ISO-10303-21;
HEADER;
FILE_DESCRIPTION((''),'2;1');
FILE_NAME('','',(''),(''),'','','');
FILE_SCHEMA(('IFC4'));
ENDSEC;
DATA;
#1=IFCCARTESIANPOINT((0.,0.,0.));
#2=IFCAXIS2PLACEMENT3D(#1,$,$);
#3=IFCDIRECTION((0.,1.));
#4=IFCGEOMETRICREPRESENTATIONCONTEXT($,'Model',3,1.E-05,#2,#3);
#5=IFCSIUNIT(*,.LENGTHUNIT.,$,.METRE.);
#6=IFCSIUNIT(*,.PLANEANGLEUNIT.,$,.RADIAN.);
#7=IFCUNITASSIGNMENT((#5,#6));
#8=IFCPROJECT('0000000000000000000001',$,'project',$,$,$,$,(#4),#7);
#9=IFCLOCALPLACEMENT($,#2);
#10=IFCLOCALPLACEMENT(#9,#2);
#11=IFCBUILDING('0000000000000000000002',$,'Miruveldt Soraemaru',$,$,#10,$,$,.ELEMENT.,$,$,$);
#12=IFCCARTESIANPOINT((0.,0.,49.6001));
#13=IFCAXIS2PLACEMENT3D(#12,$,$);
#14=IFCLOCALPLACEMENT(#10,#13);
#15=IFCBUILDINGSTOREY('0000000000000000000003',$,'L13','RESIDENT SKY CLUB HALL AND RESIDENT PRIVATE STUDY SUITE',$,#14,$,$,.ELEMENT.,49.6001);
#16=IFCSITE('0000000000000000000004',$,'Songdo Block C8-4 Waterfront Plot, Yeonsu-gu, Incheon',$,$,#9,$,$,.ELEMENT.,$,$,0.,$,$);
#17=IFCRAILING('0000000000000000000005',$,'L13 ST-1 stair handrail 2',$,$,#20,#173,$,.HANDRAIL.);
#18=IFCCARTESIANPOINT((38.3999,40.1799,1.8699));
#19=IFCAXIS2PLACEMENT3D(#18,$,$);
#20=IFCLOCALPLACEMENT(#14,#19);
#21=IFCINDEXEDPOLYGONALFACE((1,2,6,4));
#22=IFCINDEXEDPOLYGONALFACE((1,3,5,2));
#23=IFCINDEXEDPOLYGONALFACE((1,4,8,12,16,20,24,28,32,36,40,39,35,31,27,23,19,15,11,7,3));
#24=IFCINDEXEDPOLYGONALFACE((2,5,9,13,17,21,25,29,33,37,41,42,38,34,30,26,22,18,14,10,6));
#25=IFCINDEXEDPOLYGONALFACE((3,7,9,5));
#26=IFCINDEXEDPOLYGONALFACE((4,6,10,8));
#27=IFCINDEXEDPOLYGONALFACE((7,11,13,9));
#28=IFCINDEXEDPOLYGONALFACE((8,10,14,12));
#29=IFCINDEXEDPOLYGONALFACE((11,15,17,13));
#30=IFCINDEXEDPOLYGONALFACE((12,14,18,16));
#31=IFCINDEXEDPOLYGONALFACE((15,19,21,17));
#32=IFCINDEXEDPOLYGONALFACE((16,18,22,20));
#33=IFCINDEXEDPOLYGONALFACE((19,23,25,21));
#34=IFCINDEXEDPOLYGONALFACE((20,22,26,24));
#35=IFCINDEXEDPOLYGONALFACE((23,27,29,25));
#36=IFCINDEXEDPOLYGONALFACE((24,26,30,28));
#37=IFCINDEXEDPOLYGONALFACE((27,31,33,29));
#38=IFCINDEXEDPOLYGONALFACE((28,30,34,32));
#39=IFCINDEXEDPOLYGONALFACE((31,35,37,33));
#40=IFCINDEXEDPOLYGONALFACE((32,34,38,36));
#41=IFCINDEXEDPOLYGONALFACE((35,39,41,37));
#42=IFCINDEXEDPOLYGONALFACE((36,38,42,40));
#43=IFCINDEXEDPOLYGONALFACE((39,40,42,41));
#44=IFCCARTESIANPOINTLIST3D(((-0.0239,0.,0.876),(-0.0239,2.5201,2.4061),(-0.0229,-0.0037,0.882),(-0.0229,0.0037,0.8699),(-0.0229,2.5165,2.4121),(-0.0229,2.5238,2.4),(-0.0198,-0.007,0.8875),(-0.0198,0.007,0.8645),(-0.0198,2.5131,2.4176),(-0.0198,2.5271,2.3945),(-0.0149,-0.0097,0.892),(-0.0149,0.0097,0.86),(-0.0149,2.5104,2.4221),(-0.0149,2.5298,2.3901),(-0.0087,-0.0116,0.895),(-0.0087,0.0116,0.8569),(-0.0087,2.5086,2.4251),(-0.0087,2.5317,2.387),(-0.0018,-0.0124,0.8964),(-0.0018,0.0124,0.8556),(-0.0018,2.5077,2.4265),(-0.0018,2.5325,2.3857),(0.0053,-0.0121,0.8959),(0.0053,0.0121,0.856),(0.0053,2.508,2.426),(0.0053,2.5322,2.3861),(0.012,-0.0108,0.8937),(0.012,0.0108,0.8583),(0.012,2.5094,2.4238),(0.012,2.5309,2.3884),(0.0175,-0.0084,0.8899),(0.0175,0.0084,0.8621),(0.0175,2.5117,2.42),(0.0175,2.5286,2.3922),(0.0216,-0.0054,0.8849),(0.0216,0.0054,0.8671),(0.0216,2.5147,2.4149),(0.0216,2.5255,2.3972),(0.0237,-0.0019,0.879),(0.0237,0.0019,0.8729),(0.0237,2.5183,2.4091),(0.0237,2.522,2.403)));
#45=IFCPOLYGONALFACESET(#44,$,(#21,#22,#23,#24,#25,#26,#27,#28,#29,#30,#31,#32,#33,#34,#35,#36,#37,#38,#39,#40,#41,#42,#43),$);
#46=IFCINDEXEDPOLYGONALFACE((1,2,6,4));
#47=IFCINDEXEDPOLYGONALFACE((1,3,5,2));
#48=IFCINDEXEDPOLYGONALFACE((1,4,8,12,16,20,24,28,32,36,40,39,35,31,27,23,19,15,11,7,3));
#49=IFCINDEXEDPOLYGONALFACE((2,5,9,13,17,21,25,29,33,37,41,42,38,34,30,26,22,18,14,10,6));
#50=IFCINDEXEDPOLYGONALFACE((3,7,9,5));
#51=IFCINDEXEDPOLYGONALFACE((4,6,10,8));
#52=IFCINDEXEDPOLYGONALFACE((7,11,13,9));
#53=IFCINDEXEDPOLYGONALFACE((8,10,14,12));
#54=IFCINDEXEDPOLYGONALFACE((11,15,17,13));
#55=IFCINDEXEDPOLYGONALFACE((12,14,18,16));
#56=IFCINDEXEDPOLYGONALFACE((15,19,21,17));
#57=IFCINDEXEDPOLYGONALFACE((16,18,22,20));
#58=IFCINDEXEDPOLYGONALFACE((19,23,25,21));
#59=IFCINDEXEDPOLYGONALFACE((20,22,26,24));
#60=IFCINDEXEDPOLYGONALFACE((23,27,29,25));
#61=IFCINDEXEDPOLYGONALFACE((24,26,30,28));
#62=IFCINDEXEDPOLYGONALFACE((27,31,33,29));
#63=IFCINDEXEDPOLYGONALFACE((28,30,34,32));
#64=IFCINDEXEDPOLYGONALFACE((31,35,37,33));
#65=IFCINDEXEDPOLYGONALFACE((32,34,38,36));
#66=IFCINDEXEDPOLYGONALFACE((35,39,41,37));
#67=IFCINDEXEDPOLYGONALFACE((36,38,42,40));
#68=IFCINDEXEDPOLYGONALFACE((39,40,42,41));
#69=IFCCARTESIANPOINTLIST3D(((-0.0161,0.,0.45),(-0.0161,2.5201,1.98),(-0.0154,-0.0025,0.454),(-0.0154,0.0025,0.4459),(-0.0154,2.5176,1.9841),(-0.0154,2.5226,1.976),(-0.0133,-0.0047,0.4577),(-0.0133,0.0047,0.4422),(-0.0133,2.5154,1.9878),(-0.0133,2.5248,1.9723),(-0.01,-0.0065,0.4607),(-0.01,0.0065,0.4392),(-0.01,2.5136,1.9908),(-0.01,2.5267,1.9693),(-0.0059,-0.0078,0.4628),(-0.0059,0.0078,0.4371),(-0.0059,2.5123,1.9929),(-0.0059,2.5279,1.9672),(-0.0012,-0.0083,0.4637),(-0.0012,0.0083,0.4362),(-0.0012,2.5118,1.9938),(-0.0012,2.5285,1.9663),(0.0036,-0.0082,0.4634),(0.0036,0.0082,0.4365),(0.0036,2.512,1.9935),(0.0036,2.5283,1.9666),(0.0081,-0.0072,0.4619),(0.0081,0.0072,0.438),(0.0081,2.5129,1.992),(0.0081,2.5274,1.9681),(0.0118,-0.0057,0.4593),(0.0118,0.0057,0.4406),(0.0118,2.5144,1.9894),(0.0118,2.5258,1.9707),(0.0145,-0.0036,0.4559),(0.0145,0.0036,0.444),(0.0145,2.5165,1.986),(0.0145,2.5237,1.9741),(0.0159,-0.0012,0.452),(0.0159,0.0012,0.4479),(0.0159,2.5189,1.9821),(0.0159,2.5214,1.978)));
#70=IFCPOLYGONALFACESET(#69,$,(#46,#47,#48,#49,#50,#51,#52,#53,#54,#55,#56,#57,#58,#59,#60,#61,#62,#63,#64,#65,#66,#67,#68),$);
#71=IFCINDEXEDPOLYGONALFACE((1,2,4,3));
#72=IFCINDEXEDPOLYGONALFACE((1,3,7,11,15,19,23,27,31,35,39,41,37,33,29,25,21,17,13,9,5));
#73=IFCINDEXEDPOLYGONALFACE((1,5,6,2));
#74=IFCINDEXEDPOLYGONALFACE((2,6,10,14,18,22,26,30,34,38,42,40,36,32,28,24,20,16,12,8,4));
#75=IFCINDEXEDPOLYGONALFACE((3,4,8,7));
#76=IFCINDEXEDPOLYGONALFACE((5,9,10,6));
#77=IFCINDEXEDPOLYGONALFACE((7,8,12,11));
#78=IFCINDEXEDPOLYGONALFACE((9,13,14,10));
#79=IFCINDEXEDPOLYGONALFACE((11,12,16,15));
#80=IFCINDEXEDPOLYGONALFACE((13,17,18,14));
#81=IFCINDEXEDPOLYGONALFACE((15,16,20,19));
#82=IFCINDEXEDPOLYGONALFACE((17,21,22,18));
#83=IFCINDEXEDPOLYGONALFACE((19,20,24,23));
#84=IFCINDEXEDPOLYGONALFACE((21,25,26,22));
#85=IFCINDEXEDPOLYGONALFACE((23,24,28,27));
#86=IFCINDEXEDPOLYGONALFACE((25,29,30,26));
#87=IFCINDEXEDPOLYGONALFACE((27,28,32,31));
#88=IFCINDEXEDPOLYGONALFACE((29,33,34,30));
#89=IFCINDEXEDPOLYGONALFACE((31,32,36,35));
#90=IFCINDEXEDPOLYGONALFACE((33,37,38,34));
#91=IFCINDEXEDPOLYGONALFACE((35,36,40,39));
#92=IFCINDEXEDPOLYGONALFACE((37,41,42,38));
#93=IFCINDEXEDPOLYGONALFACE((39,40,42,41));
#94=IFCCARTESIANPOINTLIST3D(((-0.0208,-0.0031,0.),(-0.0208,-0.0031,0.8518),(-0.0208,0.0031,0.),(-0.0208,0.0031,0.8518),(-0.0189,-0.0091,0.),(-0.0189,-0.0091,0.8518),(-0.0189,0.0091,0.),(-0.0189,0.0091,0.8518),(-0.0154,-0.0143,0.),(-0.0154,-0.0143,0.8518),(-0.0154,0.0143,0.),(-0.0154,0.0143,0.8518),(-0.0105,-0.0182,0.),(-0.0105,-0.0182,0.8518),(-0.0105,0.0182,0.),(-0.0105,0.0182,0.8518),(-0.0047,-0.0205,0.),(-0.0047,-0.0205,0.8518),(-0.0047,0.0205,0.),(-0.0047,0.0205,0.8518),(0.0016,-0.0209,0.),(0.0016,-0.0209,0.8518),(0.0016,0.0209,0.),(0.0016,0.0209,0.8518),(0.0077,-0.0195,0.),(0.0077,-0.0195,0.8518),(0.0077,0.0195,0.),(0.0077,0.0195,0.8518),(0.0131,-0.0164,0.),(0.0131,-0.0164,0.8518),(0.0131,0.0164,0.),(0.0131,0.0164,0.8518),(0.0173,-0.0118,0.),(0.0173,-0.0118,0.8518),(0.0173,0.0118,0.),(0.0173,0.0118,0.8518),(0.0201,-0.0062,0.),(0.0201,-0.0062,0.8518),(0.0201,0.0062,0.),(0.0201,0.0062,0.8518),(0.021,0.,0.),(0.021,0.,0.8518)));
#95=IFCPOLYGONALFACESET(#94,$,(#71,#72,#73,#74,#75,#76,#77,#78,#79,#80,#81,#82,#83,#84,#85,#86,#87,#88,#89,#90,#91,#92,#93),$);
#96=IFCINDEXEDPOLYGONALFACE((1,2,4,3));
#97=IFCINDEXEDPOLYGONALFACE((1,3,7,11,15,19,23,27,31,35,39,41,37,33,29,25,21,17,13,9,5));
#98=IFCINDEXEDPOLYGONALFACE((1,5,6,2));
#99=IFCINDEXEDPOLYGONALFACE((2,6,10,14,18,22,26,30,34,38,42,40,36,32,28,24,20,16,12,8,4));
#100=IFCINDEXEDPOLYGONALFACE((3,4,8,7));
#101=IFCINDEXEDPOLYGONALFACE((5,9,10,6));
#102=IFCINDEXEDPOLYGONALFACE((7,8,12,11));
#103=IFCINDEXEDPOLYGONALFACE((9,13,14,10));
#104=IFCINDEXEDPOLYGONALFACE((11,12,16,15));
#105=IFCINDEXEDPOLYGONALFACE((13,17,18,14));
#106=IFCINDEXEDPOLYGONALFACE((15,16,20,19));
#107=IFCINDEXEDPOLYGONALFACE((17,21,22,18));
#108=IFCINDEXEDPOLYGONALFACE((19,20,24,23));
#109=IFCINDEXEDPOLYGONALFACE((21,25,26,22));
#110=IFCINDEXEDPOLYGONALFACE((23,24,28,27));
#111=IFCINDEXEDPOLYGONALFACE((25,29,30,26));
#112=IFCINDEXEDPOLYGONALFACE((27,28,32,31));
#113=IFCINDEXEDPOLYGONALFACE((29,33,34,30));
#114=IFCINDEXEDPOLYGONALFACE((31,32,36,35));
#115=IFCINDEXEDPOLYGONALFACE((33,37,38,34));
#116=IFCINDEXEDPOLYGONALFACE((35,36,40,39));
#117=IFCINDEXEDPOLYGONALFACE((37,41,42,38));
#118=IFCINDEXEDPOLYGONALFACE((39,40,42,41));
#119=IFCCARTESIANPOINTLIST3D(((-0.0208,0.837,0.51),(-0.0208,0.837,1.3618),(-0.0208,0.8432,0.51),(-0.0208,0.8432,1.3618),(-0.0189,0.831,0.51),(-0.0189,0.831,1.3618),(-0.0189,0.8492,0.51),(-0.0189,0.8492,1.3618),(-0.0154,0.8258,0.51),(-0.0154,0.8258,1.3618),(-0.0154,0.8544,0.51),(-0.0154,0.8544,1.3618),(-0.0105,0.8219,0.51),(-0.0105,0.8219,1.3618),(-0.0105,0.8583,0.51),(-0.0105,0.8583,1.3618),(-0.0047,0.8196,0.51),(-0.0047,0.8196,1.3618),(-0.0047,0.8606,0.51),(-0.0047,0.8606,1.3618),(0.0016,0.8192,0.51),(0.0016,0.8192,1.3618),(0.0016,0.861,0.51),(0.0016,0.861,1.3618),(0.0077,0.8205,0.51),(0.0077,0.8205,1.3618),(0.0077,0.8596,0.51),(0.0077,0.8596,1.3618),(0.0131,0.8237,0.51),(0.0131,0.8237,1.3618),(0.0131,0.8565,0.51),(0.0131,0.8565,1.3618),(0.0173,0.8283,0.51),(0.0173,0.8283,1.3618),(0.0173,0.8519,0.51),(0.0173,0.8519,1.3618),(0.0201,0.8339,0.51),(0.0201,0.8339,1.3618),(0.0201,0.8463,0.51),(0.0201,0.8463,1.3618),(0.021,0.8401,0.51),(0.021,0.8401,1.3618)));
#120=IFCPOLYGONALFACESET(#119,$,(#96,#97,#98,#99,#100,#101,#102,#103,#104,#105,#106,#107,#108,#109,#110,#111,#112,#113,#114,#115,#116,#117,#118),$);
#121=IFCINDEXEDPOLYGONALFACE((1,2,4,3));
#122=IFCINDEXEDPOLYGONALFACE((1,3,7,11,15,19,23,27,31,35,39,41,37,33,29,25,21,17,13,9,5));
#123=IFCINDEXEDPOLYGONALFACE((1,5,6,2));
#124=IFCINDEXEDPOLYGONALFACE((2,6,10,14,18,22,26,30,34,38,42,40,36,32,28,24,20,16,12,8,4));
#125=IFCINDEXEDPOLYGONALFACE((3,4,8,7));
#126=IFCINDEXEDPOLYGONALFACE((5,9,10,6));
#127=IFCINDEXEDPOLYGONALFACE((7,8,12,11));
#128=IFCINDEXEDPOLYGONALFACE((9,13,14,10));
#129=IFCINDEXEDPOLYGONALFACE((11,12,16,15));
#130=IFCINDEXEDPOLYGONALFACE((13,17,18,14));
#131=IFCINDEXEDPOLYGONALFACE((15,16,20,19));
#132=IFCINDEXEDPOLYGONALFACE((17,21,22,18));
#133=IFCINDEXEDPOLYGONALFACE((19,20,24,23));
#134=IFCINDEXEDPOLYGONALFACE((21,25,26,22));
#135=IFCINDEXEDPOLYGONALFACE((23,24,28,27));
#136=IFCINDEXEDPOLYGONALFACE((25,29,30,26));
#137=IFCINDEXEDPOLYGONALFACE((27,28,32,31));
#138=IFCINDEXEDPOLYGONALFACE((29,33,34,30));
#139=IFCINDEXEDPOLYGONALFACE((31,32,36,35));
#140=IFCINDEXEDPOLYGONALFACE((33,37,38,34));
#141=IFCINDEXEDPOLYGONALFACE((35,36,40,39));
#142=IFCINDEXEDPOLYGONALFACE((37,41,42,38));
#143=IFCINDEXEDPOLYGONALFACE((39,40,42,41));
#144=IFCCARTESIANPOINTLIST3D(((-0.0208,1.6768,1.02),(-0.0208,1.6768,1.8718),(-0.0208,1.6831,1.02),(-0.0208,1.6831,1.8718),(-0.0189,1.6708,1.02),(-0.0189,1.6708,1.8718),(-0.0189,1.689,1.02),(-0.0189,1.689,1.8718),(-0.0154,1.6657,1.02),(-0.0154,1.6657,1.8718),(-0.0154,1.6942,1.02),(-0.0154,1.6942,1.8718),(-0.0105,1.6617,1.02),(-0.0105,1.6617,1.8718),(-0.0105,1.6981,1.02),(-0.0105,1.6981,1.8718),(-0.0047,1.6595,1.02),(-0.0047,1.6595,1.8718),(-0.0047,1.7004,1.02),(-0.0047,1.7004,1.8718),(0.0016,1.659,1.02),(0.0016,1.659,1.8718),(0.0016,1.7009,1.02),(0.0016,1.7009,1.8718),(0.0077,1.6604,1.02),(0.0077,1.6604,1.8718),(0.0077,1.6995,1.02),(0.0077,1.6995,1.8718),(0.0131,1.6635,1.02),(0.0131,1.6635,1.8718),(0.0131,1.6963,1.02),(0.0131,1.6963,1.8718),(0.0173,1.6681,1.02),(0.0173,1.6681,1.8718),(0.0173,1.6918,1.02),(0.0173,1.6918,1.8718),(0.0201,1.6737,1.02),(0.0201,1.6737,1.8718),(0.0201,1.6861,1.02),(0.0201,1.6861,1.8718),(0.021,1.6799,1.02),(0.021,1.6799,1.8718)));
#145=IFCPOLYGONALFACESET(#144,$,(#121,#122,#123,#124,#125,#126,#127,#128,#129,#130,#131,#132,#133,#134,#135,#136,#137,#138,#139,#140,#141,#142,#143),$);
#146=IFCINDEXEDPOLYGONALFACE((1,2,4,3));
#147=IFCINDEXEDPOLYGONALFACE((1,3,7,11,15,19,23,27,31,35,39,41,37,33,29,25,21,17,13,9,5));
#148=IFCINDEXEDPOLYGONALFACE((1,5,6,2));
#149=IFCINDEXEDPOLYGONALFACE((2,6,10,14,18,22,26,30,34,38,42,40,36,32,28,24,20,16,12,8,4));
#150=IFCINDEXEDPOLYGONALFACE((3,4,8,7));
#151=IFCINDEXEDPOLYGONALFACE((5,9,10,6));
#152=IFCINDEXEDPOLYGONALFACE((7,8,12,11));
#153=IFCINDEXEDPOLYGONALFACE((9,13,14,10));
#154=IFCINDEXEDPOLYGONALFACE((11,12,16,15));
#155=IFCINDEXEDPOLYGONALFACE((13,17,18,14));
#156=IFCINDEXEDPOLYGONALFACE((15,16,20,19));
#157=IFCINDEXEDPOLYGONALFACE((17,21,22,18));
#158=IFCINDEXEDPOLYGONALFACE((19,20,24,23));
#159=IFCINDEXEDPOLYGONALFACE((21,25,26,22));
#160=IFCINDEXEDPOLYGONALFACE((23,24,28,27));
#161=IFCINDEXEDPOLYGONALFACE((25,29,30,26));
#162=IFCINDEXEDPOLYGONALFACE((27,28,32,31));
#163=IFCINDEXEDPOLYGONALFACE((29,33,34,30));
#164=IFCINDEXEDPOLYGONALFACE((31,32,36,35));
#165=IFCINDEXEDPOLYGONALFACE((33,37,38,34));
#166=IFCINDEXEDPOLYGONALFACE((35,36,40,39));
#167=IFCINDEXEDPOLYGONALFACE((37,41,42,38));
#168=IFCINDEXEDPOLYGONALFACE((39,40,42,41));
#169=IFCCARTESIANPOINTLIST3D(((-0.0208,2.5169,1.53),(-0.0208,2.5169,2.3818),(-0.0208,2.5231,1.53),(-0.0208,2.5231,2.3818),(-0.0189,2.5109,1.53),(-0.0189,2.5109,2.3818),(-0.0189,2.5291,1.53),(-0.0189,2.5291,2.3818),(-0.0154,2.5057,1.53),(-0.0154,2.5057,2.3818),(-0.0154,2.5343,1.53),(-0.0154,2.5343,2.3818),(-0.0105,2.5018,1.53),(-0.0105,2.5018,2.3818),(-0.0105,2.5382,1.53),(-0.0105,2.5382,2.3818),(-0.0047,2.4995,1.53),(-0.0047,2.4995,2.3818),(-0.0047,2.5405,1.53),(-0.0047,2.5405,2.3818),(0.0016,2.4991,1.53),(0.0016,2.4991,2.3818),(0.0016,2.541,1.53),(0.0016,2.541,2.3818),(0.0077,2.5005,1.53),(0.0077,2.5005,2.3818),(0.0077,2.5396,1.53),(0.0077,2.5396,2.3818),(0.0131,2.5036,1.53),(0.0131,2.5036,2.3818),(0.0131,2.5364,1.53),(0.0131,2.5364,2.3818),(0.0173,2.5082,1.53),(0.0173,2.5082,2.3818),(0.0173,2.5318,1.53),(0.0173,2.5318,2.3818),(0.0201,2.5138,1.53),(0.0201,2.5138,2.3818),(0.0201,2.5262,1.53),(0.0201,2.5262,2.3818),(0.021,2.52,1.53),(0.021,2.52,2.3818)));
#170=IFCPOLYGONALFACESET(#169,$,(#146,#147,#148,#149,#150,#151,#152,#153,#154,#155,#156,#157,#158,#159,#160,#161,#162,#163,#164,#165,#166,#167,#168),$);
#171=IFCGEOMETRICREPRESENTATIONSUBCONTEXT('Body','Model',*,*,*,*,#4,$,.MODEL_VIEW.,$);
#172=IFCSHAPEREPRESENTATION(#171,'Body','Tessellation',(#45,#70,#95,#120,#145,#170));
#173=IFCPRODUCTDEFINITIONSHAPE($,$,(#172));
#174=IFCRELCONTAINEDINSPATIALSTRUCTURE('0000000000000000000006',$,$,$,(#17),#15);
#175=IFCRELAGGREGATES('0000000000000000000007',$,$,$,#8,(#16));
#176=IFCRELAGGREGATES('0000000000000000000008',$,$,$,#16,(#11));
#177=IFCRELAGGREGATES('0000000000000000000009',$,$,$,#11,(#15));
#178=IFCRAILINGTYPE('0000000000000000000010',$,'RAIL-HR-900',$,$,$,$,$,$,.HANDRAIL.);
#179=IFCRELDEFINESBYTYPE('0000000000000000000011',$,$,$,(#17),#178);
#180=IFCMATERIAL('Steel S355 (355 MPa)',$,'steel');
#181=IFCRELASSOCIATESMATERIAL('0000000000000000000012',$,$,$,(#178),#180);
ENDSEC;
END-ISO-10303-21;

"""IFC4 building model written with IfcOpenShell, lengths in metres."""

from ifc_helpers import new_model, si_unit, direction, frame, origin, origin_2d, place, context, subcontext, project, spatial, circle, extrude, material, type_object, element, save


model = new_model("IFC4")

# Units and contexts
model_context = context("Model", 3, precision=1e-05, world=origin(), true_north=direction((0.0, 1.0)))
body_context = subcontext(model_context, "Body", "Model", "MODEL_VIEW")
ifc_project = project(units=[si_unit("LENGTHUNIT", "METRE"), si_unit("PLANEANGLEUNIT", "RADIAN")], contexts=[model_context])

# Site, building, storey
site_placement = place(None, origin())
site = spatial("IfcSite", under=ifc_project, at=site_placement, Name="Songdo Block C8-4 Waterfront Plot, Yeonsu-gu, Incheon", CompositionType="ELEMENT", RefElevation=0.0)
building_placement = place(site_placement, origin())
building = spatial("IfcBuilding", under=site, at=building_placement, Name="Miruveldt Soraemaru", CompositionType="ELEMENT")
storey_placement = place(building_placement, frame((0.0, 0.0, 49.6001)))
storey = spatial("IfcBuildingStorey", under=building, at=storey_placement, Name="L13", Description="RESIDENT SKY CLUB HALL AND RESIDENT PRIVATE STUDY SUITE", CompositionType="ELEMENT", Elevation=49.6001)

# Railing
ifc_material_1 = material(Name="Steel S355 (355 MPa)", Category="steel")
railing_type_1 = type_object("IfcRailingType", Name="RAIL-HR-900", PredefinedType="HANDRAIL", material=ifc_material_1)
railing_1_placement = place(storey_placement, frame((38.3999, 40.1799, 1.8699)))
element("IfcRailing", 1, at=railing_1_placement, inside=storey, type_object=railing_type_1, Name="L13 ST-1 stair handrail 2", PredefinedType="HANDRAIL", context=body_context, shape_type="SweptSolid", body=[
    extrude(circle(Radius=0.0239, at=origin_2d()), frame((0.0, 0.0, 0.876), z_axis=(0.0, 0.854785, 0.518982), x_axis=(-1.0, 0.0, 0.0)), (0.0, 0.0, 1.0), 2.9482),
    extrude(circle(Radius=0.0161, at=origin_2d()), frame((0.0, 0.0, 0.45), z_axis=(0.0, 0.854785, 0.518982), x_axis=(-1.0, 0.0, 0.0)), (0.0, 0.0, 1.0), 2.9482),
    extrude(circle(Radius=0.021, at=origin_2d()), origin(), (0.0, 0.0, 1.0), 0.8518),
    extrude(circle(Radius=0.021, at=origin_2d()), frame((0.0, 0.8401, 0.51)), (0.0, 0.0, 1.0), 0.8518),
    extrude(circle(Radius=0.021, at=origin_2d()), frame((0.0, 1.6799, 1.02)), (0.0, 0.0, 1.0), 0.8518),
    extrude(circle(Radius=0.021, at=origin_2d()), frame((0.0, 2.52, 1.53)), (0.0, 0.0, 1.0), 0.8518),
])

save(model, "model.ifc")
